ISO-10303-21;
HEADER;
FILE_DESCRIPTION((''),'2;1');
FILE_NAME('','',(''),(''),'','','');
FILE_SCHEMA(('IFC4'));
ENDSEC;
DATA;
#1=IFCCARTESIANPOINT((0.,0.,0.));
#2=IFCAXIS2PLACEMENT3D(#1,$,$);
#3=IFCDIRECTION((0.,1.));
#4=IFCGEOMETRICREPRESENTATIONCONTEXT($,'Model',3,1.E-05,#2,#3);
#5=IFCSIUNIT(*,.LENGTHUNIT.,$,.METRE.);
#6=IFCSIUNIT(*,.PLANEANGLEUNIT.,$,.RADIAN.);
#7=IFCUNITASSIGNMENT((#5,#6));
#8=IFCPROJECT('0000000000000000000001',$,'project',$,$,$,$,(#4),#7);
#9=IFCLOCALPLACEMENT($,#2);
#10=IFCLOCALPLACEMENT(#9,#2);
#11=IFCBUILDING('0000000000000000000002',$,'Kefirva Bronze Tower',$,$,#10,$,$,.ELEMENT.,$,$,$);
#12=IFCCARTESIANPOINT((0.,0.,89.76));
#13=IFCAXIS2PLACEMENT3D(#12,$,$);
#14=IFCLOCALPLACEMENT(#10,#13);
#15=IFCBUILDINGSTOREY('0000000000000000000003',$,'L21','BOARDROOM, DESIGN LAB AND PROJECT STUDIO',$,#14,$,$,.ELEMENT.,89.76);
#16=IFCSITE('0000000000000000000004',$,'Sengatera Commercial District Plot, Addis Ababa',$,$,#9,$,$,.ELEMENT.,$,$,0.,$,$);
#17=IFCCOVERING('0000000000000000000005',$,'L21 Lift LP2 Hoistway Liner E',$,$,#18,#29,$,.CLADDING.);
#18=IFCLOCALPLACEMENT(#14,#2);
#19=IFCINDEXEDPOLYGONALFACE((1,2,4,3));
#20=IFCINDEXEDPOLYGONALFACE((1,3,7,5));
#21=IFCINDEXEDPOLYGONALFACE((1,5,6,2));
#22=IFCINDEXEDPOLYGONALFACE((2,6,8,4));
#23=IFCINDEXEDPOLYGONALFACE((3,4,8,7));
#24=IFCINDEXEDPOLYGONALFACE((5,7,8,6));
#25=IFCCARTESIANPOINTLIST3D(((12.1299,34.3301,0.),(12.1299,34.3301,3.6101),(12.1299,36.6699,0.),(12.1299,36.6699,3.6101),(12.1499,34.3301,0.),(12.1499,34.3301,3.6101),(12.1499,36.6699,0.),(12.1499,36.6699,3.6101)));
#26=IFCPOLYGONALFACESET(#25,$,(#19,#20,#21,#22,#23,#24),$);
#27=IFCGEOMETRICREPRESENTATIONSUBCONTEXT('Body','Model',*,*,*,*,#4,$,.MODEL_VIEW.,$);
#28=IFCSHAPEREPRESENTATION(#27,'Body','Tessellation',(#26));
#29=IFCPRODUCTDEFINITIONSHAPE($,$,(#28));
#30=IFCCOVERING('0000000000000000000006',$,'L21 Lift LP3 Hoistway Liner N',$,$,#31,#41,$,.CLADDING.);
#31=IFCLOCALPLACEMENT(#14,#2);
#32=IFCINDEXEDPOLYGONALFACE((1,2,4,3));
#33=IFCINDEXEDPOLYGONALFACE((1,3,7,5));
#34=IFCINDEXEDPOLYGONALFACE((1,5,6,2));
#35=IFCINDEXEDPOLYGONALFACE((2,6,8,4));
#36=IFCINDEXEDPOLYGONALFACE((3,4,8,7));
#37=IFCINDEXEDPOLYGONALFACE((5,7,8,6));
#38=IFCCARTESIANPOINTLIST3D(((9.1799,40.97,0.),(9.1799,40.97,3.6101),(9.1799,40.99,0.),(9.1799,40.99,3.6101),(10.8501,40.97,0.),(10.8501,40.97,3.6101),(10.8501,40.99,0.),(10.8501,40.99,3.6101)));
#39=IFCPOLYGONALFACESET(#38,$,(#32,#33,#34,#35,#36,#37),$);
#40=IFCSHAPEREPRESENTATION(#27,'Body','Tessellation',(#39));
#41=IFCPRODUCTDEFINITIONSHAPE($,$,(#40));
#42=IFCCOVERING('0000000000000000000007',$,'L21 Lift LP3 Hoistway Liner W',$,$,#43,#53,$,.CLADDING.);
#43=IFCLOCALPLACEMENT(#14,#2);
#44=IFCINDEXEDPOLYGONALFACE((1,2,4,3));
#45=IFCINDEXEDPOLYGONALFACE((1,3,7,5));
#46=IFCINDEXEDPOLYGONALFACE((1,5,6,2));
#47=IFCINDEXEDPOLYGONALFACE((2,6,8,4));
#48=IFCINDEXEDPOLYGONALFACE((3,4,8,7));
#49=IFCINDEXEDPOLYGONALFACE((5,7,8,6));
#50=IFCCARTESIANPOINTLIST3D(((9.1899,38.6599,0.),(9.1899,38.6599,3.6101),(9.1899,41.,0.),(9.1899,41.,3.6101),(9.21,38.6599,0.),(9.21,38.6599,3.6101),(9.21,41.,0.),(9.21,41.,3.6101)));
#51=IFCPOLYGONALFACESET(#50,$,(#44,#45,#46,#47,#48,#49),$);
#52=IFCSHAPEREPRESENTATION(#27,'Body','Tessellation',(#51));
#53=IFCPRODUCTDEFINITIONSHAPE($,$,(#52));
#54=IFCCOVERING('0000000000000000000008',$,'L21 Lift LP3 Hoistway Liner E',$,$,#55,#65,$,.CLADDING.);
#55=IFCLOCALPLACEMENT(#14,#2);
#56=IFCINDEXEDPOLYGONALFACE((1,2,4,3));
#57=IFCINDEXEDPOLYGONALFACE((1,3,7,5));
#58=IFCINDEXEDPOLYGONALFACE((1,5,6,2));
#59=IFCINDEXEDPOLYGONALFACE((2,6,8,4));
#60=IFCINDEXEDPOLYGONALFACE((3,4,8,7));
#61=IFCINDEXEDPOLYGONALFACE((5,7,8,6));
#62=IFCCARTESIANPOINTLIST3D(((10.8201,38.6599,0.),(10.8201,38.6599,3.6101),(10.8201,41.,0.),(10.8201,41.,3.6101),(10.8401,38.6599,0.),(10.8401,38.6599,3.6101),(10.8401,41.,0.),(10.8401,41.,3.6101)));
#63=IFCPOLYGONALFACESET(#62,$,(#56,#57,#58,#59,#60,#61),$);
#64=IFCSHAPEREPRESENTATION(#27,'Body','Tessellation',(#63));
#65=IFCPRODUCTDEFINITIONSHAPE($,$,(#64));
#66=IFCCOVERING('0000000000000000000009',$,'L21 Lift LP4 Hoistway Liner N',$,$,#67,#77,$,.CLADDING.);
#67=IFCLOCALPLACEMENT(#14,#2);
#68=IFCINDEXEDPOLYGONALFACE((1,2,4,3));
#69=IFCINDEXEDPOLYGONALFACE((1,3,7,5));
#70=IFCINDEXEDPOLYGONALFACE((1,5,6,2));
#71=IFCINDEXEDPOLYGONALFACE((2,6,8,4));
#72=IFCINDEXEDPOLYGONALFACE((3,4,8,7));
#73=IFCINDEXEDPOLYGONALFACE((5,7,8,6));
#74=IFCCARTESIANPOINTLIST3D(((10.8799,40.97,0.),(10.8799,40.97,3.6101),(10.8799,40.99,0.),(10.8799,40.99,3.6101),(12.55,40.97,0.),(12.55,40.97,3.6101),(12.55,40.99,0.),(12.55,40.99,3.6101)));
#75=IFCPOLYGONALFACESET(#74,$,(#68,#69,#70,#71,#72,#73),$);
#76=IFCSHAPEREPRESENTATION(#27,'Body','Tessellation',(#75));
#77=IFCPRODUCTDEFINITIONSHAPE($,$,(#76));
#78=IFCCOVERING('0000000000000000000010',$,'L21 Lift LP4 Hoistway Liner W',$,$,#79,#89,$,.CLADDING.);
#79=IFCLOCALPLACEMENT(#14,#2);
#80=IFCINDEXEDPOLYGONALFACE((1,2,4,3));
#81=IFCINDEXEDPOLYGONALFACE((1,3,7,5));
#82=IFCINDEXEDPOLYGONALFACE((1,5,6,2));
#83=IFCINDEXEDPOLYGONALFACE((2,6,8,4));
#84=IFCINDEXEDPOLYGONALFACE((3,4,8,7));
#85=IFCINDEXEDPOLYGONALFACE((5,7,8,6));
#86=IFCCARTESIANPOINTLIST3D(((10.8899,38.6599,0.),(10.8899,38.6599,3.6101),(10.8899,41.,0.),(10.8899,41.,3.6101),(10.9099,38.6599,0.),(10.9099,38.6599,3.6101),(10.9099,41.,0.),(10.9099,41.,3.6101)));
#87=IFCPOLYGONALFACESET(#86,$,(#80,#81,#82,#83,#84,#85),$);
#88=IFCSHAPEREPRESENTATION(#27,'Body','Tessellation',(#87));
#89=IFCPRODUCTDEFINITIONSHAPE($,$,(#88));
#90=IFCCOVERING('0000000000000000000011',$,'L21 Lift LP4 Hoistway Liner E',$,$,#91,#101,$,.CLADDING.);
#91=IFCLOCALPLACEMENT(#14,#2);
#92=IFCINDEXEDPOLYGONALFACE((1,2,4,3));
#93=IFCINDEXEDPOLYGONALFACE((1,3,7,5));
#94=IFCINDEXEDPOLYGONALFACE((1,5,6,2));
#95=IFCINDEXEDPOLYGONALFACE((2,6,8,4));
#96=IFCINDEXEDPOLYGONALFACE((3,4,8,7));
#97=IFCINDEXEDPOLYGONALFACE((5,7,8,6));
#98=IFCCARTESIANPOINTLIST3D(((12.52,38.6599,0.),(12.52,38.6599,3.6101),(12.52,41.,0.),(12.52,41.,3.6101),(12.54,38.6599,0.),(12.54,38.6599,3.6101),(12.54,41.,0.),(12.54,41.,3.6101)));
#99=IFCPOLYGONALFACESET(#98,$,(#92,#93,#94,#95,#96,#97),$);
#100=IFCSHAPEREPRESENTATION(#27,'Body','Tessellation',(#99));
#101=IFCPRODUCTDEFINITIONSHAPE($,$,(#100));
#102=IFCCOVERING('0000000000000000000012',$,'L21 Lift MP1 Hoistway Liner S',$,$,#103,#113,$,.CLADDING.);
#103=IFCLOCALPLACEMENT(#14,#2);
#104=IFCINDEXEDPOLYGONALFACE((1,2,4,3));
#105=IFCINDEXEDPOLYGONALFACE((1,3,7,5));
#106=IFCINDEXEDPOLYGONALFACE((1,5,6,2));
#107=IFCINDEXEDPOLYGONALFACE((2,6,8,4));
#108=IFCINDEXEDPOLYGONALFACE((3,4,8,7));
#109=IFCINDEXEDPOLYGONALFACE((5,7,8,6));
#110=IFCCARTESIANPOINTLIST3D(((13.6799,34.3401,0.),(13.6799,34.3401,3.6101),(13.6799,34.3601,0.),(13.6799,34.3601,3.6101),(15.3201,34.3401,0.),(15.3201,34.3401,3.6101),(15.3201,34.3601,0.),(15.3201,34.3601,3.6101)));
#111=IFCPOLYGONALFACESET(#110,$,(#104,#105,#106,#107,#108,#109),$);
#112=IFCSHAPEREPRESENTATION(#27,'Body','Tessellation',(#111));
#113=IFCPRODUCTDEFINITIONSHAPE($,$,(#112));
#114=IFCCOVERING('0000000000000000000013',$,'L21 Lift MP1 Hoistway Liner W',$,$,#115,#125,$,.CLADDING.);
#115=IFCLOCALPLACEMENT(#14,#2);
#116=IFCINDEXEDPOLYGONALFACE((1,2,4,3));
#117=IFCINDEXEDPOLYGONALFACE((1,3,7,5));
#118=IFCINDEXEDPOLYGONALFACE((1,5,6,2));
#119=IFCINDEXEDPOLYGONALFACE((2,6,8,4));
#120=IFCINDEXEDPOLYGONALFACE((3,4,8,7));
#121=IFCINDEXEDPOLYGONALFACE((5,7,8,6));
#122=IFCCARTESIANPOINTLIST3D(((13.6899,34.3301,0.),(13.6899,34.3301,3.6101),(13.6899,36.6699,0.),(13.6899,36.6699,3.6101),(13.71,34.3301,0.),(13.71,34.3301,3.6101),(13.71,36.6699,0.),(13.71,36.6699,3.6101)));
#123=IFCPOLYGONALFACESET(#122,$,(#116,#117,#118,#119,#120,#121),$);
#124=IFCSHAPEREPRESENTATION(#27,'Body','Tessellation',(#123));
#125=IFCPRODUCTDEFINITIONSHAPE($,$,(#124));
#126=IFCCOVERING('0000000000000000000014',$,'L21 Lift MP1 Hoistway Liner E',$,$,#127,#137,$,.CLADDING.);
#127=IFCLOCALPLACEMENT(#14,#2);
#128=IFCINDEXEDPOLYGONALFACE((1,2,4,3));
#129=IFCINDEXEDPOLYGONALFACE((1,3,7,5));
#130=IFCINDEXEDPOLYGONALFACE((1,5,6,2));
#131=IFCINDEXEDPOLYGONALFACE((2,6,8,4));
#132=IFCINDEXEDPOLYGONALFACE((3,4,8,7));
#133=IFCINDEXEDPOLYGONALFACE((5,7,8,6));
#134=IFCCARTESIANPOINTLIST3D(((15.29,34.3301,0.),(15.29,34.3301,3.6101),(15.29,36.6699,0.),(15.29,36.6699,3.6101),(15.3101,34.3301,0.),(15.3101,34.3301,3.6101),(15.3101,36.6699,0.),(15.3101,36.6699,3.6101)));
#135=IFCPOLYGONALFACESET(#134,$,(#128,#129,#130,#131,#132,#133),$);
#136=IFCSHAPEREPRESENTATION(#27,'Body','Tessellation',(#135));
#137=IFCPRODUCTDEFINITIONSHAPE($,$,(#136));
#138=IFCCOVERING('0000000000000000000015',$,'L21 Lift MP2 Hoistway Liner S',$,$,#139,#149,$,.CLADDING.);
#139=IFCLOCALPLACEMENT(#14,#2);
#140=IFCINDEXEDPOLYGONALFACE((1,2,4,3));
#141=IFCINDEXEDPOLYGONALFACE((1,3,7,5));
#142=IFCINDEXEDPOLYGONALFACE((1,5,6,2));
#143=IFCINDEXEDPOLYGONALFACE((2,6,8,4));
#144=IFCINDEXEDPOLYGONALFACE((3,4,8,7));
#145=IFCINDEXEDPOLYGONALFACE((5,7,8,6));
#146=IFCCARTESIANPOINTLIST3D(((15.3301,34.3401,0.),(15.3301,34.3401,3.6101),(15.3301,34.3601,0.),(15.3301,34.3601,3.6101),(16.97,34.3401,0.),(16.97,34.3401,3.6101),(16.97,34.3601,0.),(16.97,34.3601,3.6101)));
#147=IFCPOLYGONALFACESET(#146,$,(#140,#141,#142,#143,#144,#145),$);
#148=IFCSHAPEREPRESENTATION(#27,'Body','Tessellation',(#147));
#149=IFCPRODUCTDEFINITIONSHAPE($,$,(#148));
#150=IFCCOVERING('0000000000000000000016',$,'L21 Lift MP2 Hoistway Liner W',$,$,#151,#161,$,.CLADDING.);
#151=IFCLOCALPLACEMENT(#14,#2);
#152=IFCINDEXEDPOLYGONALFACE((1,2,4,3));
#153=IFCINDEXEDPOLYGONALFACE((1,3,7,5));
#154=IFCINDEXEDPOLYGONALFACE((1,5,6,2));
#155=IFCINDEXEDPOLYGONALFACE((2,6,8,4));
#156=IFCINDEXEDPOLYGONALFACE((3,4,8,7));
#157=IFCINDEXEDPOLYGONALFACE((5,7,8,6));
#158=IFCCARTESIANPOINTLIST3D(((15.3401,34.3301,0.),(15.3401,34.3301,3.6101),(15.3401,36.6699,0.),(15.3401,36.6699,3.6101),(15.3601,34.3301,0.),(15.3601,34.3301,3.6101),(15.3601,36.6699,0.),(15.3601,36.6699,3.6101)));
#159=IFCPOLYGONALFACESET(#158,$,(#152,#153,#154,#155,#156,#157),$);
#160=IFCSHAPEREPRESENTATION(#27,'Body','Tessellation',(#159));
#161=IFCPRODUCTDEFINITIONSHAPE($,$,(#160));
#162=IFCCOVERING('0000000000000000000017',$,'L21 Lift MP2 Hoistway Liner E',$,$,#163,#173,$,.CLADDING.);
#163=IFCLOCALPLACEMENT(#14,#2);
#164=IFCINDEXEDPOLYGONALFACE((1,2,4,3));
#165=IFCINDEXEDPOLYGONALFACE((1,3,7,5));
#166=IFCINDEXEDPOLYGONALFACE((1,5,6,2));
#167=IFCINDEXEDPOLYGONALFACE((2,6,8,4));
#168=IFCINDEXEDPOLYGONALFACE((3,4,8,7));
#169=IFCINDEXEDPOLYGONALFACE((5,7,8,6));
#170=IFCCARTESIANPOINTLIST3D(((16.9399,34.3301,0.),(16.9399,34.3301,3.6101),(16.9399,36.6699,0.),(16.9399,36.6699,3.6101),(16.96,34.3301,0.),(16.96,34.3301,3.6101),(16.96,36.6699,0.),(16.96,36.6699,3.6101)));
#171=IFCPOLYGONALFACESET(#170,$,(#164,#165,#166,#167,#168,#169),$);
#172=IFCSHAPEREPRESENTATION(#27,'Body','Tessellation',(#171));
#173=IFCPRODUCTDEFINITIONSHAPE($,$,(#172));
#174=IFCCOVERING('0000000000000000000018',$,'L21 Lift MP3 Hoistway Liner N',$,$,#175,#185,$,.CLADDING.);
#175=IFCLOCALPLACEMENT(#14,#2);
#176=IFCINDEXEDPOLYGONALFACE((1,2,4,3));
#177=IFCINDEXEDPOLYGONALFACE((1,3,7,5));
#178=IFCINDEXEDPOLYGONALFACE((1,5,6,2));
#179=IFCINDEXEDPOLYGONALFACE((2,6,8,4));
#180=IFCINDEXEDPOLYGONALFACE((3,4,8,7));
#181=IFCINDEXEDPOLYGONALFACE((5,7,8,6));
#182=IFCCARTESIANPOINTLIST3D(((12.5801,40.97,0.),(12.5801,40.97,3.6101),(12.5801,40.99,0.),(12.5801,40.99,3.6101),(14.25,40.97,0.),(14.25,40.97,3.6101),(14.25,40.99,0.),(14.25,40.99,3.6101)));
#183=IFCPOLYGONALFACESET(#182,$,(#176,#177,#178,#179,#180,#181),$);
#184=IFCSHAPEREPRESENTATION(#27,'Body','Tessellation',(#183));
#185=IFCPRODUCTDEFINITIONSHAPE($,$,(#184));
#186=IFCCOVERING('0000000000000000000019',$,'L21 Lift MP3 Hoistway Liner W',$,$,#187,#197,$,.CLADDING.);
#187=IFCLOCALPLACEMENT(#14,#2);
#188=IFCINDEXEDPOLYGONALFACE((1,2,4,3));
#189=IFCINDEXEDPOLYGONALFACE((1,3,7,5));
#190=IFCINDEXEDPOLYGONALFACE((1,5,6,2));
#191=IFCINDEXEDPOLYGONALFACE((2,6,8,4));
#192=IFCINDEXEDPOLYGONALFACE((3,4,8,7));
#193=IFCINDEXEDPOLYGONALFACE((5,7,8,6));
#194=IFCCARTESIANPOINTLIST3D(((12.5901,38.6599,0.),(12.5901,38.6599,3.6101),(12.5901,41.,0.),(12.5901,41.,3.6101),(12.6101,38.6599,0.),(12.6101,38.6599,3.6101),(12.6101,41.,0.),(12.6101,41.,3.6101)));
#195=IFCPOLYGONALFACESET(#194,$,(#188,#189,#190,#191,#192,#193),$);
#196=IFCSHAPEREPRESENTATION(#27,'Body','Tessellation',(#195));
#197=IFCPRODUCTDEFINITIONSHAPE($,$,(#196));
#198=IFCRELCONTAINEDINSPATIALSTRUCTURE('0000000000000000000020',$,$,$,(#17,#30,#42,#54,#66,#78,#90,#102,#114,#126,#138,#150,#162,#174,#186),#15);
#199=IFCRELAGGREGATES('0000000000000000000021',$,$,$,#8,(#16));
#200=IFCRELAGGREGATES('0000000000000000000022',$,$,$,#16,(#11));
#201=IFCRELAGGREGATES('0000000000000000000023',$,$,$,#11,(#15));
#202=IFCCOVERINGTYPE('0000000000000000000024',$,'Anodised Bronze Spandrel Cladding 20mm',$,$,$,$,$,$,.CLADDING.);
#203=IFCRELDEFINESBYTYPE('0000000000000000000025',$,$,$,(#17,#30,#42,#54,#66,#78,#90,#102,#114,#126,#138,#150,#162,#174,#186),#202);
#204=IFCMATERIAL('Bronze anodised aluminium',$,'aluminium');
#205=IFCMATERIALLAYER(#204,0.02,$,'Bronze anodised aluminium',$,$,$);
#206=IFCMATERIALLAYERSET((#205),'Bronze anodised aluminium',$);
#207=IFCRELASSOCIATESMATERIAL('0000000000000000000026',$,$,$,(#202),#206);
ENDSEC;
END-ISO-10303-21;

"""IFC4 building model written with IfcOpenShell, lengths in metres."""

from ifc_helpers import new_model, si_unit, direction, frame, origin, place, context, subcontext, project, spatial, polyline, outline, extrude, material, layer, layer_set, type_object, element, save


model = new_model("IFC4")

# Units and contexts
model_context = context("Model", 3, precision=1e-05, world=origin(), true_north=direction((0.0, 1.0)))
body_context = subcontext(model_context, "Body", "Model", "MODEL_VIEW")
ifc_project = project(units=[si_unit("LENGTHUNIT", "METRE"), si_unit("PLANEANGLEUNIT", "RADIAN")], contexts=[model_context])

# Site, building, storey
site_placement = place(None, origin())
site = spatial("IfcSite", under=ifc_project, at=site_placement, Name="Sengatera Commercial District Plot, Addis Ababa", CompositionType="ELEMENT", RefElevation=0.0)
building_placement = place(site_placement, origin())
building = spatial("IfcBuilding", under=site, at=building_placement, Name="Kefirva Bronze Tower", CompositionType="ELEMENT")
storey_placement = place(building_placement, frame((0.0, 0.0, 89.76)))
storey = spatial("IfcBuildingStorey", under=building, at=storey_placement, Name="L21", Description="BOARDROOM, DESIGN LAB AND PROJECT STUDIO", CompositionType="ELEMENT", Elevation=89.76)

# Coverings
ifc_material = material(Name="Bronze anodised aluminium", Category="aluminium")
ifc_layer_1 = layer(ifc_material, 0.02, Name="Bronze anodised aluminium")
ifc_layer_set_1 = layer_set([ifc_layer_1], Name="Bronze anodised aluminium")
covering_type_1 = type_object("IfcCoveringType", Name="Anodised Bronze Spandrel Cladding 20mm", PredefinedType="CLADDING", material=ifc_layer_set_1)
covering_1_placement = place(storey_placement, origin())
element("IfcCovering", 1, at=covering_1_placement, inside=storey, type_object=covering_type_1, Name="L21 Lift LP2 Hoistway Liner E", PredefinedType="CLADDING", context=body_context, shape_type="SweptSolid", body=[
    extrude(outline(polyline([(12.1299, 34.3301), (12.1499, 34.3301), (12.1499, 36.6699), (12.1299, 36.6699), (12.1299, 34.3301)])), origin(), (0.0, 0.0, 1.0), 3.6101),
])
covering_2_placement = place(storey_placement, origin())
element("IfcCovering", 2, at=covering_2_placement, inside=storey, type_object=covering_type_1, Name="L21 Lift LP3 Hoistway Liner N", PredefinedType="CLADDING", context=body_context, shape_type="SweptSolid", body=[
    extrude(outline(polyline([(9.1799, 40.97), (10.8501, 40.97), (10.8501, 40.99), (9.1799, 40.99), (9.1799, 40.97)])), origin(), (0.0, 0.0, 1.0), 3.6101),
])
covering_3_placement = place(storey_placement, origin())
element("IfcCovering", 3, at=covering_3_placement, inside=storey, type_object=covering_type_1, Name="L21 Lift LP3 Hoistway Liner W", PredefinedType="CLADDING", context=body_context, shape_type="SweptSolid", body=[
    extrude(outline(polyline([(9.1899, 38.6599), (9.21, 38.6599), (9.21, 41.0), (9.1899, 41.0), (9.1899, 38.6599)])), origin(), (0.0, 0.0, 1.0), 3.6101),
])
covering_4_placement = place(storey_placement, origin())
element("IfcCovering", 4, at=covering_4_placement, inside=storey, type_object=covering_type_1, Name="L21 Lift LP3 Hoistway Liner E", PredefinedType="CLADDING", context=body_context, shape_type="SweptSolid", body=[
    extrude(outline(polyline([(10.8201, 38.6599), (10.8401, 38.6599), (10.8401, 41.0), (10.8201, 41.0), (10.8201, 38.6599)])), origin(), (0.0, 0.0, 1.0), 3.6101),
])
covering_5_placement = place(storey_placement, origin())
element("IfcCovering", 5, at=covering_5_placement, inside=storey, type_object=covering_type_1, Name="L21 Lift LP4 Hoistway Liner N", PredefinedType="CLADDING", context=body_context, shape_type="SweptSolid", body=[
    extrude(outline(polyline([(10.8799, 40.97), (12.55, 40.97), (12.55, 40.99), (10.8799, 40.99), (10.8799, 40.97)])), origin(), (0.0, 0.0, 1.0), 3.6101),
])
covering_6_placement = place(storey_placement, origin())
element("IfcCovering", 6, at=covering_6_placement, inside=storey, type_object=covering_type_1, Name="L21 Lift LP4 Hoistway Liner W", PredefinedType="CLADDING", context=body_context, shape_type="SweptSolid", body=[
    extrude(outline(polyline([(10.8899, 38.6599), (10.9099, 38.6599), (10.9099, 41.0), (10.8899, 41.0), (10.8899, 38.6599)])), origin(), (0.0, 0.0, 1.0), 3.6101),
])
covering_7_placement = place(storey_placement, origin())
element("IfcCovering", 7, at=covering_7_placement, inside=storey, type_object=covering_type_1, Name="L21 Lift LP4 Hoistway Liner E", PredefinedType="CLADDING", context=body_context, shape_type="SweptSolid", body=[
    extrude(outline(polyline([(12.52, 38.6599), (12.54, 38.6599), (12.54, 41.0), (12.52, 41.0), (12.52, 38.6599)])), origin(), (0.0, 0.0, 1.0), 3.6101),
])
covering_8_placement = place(storey_placement, origin())
element("IfcCovering", 8, at=covering_8_placement, inside=storey, type_object=covering_type_1, Name="L21 Lift MP1 Hoistway Liner S", PredefinedType="CLADDING", context=body_context, shape_type="SweptSolid", body=[
    extrude(outline(polyline([(13.6799, 34.3401), (15.3201, 34.3401), (15.3201, 34.3601), (13.6799, 34.3601), (13.6799, 34.3401)])), origin(), (0.0, 0.0, 1.0), 3.6101),
])
covering_9_placement = place(storey_placement, origin())
element("IfcCovering", 9, at=covering_9_placement, inside=storey, type_object=covering_type_1, Name="L21 Lift MP1 Hoistway Liner W", PredefinedType="CLADDING", context=body_context, shape_type="SweptSolid", body=[
    extrude(outline(polyline([(13.6899, 34.3301), (13.71, 34.3301), (13.71, 36.6699), (13.6899, 36.6699), (13.6899, 34.3301)])), origin(), (0.0, 0.0, 1.0), 3.6101),
])
covering_10_placement = place(storey_placement, origin())
element("IfcCovering", 10, at=covering_10_placement, inside=storey, type_object=covering_type_1, Name="L21 Lift MP1 Hoistway Liner E", PredefinedType="CLADDING", context=body_context, shape_type="SweptSolid", body=[
    extrude(outline(polyline([(15.29, 34.3301), (15.3101, 34.3301), (15.3101, 36.6699), (15.29, 36.6699), (15.29, 34.3301)])), origin(), (0.0, 0.0, 1.0), 3.6101),
])
covering_11_placement = place(storey_placement, origin())
element("IfcCovering", 11, at=covering_11_placement, inside=storey, type_object=covering_type_1, Name="L21 Lift MP2 Hoistway Liner S", PredefinedType="CLADDING", context=body_context, shape_type="SweptSolid", body=[
    extrude(outline(polyline([(15.3301, 34.3401), (16.97, 34.3401), (16.97, 34.3601), (15.3301, 34.3601), (15.3301, 34.3401)])), origin(), (0.0, 0.0, 1.0), 3.6101),
])
covering_12_placement = place(storey_placement, origin())
element("IfcCovering", 12, at=covering_12_placement, inside=storey, type_object=covering_type_1, Name="L21 Lift MP2 Hoistway Liner W", PredefinedType="CLADDING", context=body_context, shape_type="SweptSolid", body=[
    extrude(outline(polyline([(15.3401, 34.3301), (15.3601, 34.3301), (15.3601, 36.6699), (15.3401, 36.6699), (15.3401, 34.3301)])), origin(), (0.0, 0.0, 1.0), 3.6101),
])
covering_13_placement = place(storey_placement, origin())
element("IfcCovering", 13, at=covering_13_placement, inside=storey, type_object=covering_type_1, Name="L21 Lift MP2 Hoistway Liner E", PredefinedType="CLADDING", context=body_context, shape_type="SweptSolid", body=[
    extrude(outline(polyline([(16.9399, 34.3301), (16.96, 34.3301), (16.96, 36.6699), (16.9399, 36.6699), (16.9399, 34.3301)])), origin(), (0.0, 0.0, 1.0), 3.6101),
])
covering_14_placement = place(storey_placement, origin())
element("IfcCovering", 14, at=covering_14_placement, inside=storey, type_object=covering_type_1, Name="L21 Lift MP3 Hoistway Liner N", PredefinedType="CLADDING", context=body_context, shape_type="SweptSolid", body=[
    extrude(outline(polyline([(12.5801, 40.97), (14.25, 40.97), (14.25, 40.99), (12.5801, 40.99), (12.5801, 40.97)])), origin(), (0.0, 0.0, 1.0), 3.6101),
])
covering_15_placement = place(storey_placement, origin())
element("IfcCovering", 15, at=covering_15_placement, inside=storey, type_object=covering_type_1, Name="L21 Lift MP3 Hoistway Liner W", PredefinedType="CLADDING", context=body_context, shape_type="SweptSolid", body=[
    extrude(outline(polyline([(12.5901, 38.6599), (12.6101, 38.6599), (12.6101, 41.0), (12.5901, 41.0), (12.5901, 38.6599)])), origin(), (0.0, 0.0, 1.0), 3.6101),
])

save(model, "model.ifc")
